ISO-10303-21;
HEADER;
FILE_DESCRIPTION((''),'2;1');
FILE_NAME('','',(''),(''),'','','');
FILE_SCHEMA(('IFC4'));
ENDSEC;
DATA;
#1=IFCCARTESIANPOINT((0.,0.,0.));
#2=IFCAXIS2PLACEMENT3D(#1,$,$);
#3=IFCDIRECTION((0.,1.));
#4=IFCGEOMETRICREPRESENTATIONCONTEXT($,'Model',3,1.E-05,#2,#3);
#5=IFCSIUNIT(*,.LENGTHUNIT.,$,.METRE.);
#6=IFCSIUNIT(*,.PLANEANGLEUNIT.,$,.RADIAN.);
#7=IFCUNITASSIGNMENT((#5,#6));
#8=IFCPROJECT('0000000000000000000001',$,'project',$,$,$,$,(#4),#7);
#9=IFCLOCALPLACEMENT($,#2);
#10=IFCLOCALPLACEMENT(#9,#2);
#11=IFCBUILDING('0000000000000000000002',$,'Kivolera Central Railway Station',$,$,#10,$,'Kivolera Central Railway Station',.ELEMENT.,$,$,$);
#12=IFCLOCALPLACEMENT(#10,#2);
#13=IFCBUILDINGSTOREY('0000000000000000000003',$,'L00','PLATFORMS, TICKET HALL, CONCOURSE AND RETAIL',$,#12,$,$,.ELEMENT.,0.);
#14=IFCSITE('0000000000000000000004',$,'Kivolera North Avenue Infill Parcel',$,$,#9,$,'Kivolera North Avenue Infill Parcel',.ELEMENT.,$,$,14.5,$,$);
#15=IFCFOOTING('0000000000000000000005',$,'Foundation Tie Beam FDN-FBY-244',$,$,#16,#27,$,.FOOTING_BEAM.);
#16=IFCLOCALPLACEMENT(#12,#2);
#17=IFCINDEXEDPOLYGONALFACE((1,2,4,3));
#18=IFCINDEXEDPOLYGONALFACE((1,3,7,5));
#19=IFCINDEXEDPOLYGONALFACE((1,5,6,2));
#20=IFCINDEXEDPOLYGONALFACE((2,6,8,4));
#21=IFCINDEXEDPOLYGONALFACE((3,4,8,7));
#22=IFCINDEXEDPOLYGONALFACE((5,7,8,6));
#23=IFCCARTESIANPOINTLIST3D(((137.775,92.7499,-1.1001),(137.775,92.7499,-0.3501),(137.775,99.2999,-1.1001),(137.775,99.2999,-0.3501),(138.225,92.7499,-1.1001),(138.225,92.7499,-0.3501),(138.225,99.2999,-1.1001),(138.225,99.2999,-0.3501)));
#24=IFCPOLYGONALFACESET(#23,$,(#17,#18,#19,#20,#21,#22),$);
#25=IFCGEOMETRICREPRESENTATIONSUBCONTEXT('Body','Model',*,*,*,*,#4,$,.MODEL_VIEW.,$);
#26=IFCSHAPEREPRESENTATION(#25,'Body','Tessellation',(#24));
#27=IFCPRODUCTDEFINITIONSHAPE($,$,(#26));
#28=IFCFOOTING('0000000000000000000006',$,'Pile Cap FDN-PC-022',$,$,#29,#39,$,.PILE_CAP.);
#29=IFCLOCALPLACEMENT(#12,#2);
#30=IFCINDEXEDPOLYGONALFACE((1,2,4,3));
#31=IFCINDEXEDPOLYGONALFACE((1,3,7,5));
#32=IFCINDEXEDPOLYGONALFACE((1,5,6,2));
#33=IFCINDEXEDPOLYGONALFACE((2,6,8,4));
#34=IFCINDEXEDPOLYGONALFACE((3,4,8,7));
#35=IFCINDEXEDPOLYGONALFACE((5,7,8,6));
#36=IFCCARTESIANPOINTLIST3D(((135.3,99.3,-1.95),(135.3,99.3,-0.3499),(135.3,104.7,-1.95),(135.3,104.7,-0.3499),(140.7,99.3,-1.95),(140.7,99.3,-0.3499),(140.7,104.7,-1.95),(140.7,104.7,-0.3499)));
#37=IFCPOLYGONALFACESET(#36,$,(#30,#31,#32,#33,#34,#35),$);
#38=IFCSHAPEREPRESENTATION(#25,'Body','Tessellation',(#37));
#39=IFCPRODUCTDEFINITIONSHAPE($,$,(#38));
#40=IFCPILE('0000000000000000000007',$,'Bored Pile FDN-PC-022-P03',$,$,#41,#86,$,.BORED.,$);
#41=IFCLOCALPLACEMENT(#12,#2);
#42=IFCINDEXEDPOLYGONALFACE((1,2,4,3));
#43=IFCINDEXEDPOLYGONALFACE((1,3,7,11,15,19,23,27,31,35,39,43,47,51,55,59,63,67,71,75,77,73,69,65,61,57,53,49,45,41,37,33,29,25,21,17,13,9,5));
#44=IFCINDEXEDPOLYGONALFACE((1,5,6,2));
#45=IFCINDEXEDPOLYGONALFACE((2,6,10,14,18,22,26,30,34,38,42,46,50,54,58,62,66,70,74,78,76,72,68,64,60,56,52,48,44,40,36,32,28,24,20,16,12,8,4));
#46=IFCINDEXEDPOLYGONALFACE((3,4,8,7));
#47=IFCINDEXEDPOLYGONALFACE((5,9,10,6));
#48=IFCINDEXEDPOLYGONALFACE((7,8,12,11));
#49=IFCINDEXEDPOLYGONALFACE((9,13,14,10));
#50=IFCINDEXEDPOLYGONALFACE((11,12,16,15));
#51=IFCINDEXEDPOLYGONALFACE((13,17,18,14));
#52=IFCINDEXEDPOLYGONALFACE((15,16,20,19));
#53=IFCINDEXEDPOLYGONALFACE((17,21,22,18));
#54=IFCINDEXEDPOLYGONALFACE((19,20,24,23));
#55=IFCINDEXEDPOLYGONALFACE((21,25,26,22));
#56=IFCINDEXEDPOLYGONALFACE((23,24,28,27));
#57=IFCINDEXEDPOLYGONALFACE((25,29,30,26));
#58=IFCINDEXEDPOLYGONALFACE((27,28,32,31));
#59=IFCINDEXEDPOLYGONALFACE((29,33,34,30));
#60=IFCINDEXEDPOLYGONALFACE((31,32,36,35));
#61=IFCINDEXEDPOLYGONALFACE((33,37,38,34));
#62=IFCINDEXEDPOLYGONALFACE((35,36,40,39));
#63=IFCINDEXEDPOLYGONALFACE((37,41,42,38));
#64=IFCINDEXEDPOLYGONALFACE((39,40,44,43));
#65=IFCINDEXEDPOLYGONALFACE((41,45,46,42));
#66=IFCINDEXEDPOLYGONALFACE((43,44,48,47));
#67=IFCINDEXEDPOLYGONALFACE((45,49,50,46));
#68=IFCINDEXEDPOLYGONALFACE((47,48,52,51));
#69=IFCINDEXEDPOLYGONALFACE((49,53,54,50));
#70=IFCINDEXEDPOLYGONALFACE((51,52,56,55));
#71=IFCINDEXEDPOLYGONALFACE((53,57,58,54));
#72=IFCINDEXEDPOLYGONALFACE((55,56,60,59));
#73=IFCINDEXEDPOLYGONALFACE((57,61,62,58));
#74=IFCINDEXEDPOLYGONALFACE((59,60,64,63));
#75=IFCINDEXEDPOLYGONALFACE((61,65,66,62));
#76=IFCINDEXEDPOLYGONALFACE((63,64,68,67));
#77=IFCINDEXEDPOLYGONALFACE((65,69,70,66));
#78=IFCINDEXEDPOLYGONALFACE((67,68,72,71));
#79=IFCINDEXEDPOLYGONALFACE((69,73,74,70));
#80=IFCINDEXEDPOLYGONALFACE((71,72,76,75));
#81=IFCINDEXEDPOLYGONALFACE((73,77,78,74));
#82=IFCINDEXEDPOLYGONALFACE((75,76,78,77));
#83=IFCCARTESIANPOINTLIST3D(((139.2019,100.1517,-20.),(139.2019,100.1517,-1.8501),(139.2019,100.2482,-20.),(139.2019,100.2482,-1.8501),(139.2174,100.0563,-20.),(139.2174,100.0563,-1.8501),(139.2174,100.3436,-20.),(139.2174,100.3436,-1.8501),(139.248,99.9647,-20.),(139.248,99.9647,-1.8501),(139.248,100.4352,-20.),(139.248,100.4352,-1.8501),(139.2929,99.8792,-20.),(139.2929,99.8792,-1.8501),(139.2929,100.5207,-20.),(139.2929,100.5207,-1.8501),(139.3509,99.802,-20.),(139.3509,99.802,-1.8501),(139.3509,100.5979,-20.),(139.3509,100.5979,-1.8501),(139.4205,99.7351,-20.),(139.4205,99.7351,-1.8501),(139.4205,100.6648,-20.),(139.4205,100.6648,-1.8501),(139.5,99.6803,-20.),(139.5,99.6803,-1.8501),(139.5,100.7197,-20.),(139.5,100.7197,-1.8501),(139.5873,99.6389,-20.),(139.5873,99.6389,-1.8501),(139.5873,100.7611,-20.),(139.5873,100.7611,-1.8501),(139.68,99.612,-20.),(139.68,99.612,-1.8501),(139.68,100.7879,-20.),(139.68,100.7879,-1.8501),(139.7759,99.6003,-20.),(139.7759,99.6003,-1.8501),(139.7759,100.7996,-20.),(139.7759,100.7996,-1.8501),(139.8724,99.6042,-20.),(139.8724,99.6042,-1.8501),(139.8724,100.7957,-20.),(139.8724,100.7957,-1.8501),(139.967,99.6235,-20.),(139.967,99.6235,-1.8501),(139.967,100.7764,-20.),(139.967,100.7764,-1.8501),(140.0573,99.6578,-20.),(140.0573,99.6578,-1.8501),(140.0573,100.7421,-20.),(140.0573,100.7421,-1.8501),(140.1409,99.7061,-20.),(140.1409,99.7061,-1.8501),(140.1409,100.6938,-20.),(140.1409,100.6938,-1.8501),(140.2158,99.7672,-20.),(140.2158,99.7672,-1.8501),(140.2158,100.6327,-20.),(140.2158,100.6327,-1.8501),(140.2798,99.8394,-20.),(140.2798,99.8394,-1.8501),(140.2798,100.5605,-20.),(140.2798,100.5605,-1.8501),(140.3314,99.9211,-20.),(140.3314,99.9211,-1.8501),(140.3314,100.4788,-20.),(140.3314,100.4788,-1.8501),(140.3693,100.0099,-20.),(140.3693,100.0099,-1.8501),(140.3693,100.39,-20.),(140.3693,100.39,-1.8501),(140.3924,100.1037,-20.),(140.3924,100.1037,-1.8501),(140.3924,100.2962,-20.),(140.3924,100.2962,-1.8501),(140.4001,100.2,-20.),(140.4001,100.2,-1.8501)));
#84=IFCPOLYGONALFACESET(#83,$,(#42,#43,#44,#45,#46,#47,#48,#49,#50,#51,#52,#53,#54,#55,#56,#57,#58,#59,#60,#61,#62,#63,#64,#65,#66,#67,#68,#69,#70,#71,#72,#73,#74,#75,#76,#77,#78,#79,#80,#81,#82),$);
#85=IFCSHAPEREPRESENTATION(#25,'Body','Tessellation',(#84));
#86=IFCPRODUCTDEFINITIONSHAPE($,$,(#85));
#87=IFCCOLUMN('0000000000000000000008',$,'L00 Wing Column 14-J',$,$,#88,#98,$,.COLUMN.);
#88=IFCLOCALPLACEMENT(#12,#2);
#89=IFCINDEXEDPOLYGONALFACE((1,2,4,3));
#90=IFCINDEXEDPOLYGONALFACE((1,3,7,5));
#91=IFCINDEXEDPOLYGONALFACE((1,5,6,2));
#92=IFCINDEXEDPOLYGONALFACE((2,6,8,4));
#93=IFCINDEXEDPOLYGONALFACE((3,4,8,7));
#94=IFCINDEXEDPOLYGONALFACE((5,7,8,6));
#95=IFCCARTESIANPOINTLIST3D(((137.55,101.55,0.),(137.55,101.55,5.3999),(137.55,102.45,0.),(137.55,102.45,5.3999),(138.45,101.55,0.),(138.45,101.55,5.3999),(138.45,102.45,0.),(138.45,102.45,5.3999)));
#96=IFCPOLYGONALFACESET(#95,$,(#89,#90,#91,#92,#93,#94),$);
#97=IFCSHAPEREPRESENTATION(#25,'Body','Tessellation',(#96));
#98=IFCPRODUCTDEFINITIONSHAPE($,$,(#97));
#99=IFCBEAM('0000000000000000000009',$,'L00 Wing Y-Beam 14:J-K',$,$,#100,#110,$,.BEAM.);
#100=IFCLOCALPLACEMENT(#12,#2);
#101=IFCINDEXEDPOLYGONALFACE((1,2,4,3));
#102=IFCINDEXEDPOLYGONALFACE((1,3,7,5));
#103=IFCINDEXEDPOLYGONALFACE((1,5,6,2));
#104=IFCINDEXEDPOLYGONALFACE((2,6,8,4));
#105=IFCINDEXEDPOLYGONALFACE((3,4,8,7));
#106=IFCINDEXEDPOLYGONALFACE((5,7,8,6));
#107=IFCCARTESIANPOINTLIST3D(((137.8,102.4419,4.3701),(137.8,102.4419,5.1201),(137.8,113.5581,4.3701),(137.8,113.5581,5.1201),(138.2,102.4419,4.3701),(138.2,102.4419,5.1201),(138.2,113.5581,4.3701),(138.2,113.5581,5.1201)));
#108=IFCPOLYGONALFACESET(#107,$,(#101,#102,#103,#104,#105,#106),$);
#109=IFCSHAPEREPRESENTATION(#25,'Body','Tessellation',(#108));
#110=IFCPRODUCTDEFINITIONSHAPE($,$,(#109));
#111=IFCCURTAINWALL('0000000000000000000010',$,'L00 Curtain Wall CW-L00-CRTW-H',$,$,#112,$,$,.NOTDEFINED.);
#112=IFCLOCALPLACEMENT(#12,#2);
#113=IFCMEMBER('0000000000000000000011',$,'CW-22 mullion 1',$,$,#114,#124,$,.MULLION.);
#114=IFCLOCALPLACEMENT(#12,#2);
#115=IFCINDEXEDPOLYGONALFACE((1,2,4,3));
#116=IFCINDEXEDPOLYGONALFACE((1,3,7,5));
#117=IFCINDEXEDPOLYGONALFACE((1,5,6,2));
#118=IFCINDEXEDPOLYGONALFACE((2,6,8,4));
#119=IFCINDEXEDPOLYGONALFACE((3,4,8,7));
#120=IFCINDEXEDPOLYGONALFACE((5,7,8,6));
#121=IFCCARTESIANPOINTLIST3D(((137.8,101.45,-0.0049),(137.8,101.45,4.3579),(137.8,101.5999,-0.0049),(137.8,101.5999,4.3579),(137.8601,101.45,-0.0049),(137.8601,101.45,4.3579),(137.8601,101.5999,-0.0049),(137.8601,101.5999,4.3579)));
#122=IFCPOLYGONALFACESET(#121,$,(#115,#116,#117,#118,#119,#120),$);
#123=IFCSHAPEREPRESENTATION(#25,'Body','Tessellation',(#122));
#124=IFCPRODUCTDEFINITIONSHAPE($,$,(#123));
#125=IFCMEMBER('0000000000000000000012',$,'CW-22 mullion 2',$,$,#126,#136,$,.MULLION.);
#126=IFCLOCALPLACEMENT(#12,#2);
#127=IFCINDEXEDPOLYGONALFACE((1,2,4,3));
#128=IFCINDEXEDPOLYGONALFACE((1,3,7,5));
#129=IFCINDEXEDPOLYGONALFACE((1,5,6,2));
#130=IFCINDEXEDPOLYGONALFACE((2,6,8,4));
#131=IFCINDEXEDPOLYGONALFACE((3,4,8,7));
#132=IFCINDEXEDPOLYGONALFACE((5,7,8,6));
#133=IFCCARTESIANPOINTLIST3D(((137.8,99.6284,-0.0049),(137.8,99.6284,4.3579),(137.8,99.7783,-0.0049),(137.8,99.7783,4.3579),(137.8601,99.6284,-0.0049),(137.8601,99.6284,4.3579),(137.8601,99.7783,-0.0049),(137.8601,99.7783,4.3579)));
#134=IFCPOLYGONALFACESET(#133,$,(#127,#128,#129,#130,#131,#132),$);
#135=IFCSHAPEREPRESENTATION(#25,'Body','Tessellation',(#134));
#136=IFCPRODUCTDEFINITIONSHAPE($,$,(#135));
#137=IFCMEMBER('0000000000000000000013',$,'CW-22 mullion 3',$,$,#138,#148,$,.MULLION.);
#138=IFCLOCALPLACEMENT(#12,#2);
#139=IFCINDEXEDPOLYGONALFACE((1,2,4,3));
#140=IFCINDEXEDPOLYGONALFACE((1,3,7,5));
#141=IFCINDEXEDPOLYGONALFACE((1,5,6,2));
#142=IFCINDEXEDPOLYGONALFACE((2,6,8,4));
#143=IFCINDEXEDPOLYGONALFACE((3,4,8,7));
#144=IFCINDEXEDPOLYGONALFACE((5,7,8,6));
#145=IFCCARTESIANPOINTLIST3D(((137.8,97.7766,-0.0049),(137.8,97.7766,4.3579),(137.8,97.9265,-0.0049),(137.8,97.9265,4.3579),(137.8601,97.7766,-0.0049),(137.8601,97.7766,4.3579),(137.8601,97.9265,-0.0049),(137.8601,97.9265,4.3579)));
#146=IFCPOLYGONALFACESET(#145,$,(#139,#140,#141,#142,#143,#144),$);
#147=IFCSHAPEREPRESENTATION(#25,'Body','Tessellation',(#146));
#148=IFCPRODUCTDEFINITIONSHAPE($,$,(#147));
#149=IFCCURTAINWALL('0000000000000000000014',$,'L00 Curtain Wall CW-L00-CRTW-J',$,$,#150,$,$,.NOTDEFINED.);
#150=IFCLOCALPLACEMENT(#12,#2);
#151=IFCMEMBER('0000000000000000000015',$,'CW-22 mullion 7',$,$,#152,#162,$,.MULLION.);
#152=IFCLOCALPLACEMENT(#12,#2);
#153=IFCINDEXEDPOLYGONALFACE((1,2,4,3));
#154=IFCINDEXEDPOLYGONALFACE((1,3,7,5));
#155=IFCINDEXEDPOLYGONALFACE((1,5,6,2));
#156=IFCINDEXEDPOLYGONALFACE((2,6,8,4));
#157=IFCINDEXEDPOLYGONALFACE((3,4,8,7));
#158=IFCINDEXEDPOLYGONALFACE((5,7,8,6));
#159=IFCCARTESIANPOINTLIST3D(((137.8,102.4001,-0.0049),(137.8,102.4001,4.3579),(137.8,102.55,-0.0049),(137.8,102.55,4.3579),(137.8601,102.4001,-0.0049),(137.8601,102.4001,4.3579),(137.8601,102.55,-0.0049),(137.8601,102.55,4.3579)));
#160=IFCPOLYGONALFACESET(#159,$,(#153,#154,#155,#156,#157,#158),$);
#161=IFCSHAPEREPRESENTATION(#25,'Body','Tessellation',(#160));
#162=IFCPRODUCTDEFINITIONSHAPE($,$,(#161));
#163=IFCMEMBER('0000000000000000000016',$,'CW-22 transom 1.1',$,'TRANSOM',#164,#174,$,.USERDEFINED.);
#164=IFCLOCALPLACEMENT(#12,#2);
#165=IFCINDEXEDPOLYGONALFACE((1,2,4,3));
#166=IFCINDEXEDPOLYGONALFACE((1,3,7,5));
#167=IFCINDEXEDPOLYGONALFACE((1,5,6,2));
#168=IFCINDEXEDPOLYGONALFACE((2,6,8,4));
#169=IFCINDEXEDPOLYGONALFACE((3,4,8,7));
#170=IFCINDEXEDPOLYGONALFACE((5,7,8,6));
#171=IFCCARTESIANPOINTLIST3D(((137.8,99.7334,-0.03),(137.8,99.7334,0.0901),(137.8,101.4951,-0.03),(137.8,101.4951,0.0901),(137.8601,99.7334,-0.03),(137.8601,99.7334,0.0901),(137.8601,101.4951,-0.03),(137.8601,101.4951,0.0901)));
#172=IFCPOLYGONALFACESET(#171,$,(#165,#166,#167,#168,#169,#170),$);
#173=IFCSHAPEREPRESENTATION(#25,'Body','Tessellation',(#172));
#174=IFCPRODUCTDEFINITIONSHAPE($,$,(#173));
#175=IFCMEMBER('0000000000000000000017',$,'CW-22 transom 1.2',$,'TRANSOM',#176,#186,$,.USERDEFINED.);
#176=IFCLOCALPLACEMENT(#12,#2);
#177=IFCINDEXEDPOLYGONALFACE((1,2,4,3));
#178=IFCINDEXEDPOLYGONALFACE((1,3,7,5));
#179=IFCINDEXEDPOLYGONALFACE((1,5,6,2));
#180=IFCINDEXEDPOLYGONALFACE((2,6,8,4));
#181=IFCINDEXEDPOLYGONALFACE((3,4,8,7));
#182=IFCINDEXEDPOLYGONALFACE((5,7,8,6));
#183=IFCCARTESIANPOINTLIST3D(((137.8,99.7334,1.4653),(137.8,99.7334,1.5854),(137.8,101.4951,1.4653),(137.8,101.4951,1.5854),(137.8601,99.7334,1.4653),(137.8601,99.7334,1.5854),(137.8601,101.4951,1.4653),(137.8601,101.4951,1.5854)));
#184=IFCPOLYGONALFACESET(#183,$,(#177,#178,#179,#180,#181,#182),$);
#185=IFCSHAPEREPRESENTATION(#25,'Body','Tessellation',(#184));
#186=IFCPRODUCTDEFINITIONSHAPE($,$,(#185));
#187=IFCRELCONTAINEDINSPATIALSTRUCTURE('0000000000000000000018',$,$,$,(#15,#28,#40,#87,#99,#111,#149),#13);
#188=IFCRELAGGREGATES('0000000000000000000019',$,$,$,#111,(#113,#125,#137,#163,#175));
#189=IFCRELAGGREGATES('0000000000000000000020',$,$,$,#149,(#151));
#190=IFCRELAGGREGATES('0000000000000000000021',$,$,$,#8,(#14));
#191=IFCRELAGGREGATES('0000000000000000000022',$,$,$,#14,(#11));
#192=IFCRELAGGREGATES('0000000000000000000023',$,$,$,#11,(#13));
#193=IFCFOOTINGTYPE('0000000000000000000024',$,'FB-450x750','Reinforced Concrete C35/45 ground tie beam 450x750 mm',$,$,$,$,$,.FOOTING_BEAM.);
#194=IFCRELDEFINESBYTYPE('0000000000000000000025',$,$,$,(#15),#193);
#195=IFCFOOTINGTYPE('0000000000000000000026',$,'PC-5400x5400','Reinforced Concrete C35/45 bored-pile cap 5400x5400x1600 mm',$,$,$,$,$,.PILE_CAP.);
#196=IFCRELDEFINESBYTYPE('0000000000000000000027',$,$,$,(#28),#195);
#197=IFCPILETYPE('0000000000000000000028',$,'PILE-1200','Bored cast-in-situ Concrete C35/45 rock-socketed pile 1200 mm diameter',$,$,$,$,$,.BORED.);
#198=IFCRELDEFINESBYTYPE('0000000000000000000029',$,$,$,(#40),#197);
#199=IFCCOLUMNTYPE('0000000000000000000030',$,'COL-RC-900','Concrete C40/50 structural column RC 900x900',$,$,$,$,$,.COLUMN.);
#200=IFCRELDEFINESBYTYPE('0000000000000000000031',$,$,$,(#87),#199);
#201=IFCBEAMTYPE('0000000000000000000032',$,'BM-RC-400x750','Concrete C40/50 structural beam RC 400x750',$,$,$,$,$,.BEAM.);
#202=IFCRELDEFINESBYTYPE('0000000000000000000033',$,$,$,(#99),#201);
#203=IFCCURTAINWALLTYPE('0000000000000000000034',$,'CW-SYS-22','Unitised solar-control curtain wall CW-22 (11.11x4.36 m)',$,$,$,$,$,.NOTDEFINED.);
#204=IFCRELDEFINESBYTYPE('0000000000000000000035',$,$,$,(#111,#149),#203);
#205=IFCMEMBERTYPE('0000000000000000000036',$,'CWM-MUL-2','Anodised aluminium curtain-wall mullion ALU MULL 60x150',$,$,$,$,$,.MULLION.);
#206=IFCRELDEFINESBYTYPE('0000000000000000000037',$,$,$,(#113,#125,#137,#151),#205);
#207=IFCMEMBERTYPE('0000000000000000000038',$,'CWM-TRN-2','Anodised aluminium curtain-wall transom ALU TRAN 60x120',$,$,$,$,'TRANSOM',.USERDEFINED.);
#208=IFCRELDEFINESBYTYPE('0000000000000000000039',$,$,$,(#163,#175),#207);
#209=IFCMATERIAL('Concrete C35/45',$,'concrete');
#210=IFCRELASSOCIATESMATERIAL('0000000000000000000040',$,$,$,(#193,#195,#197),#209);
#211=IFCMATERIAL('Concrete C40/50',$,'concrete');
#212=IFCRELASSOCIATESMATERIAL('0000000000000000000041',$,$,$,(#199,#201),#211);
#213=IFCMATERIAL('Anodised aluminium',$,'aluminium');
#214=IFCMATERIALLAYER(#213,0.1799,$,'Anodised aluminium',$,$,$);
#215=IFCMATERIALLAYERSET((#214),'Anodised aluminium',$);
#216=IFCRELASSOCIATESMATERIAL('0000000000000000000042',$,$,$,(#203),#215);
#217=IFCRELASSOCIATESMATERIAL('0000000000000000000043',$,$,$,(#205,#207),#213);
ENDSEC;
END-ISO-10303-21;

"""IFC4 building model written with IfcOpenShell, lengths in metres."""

from ifc_helpers import new_model, si_unit, direction, frame, origin, origin_2d, place, context, subcontext, project, spatial, rectangle, circle, extrude, material, layer, layer_set, material_profile, profile_set, type_object, element, aggregate, save


model = new_model("IFC4")

# Units and contexts
model_context = context("Model", 3, precision=1e-05, world=origin(), true_north=direction((0.0, 1.0)))
body_context = subcontext(model_context, "Body", "Model", "MODEL_VIEW")
ifc_project = project(units=[si_unit("LENGTHUNIT", "METRE"), si_unit("PLANEANGLEUNIT", "RADIAN")], contexts=[model_context])

# Site, building, storey
site_placement = place(None, origin())
site = spatial("IfcSite", under=ifc_project, at=site_placement, Name="Kivolera North Avenue Infill Parcel", LongName="Kivolera North Avenue Infill Parcel", CompositionType="ELEMENT", RefElevation=14.5)
building_placement = place(site_placement, origin())
building = spatial("IfcBuilding", under=site, at=building_placement, Name="Kivolera Central Railway Station", LongName="Kivolera Central Railway Station", CompositionType="ELEMENT")
storey_placement = place(building_placement, origin())
storey = spatial("IfcBuildingStorey", under=building, at=storey_placement, Name="L00", Description="PLATFORMS, TICKET HALL, CONCOURSE AND RETAIL", CompositionType="ELEMENT", Elevation=0.0)

# Footings
ifc_material_1 = material(Name="Concrete C35/45", Category="concrete")
footing_type_1 = type_object("IfcFootingType", Name="FB-450x750", Description="Reinforced Concrete C35/45 ground tie beam 450x750 mm", PredefinedType="FOOTING_BEAM", material=ifc_material_1)
footing_1_placement = place(storey_placement, frame((138.0, 96.0249, -1.1001), z_axis=(0.0, 0.0, 1.0), x_axis=(1.0, 0.0, 0.0)))
element("IfcFooting", 1, at=footing_1_placement, inside=storey, type_object=footing_type_1, Name="Foundation Tie Beam FDN-FBY-244", PredefinedType="FOOTING_BEAM", context=body_context, shape_type="SweptSolid", body=[
    extrude(rectangle(XDim=0.45, YDim=6.55, at=origin_2d()), origin(), (0.0, 0.0, 1.0), 0.75),
])
footing_type_2 = type_object("IfcFootingType", Name="PC-5400x5400", Description="Reinforced Concrete C35/45 bored-pile cap 5400x5400x1600 mm", PredefinedType="PILE_CAP", material=ifc_material_1)
footing_2_placement = place(storey_placement, frame((138.0, 102.0, -1.95), z_axis=(0.0, 0.0, 1.0), x_axis=(1.0, 0.0, 0.0)))
element("IfcFooting", 2, at=footing_2_placement, inside=storey, type_object=footing_type_2, Name="Pile Cap FDN-PC-022", PredefinedType="PILE_CAP", context=body_context, shape_type="SweptSolid", body=[
    extrude(rectangle(XDim=5.3999, YDim=5.3999, at=origin_2d()), origin(), (0.0, 0.0, 1.0), 1.6001),
])

# Pile
ifc_material_profile_1 = material_profile(ifc_material_1, circle(Radius=0.6001, at=origin_2d()), Name="PILE D1200")
ifc_profile_set_1 = profile_set([ifc_material_profile_1], Name="Concrete C35/45")
pile_type = type_object("IfcPileType", Name="PILE-1200", Description="Bored cast-in-situ Concrete C35/45 rock-socketed pile 1200 mm diameter", PredefinedType="BORED", material=ifc_profile_set_1)
pile_placement = place(storey_placement, frame((139.8, 100.2, -1.8501), z_axis=(0.0, 0.0, -1.0), x_axis=(1.0, 0.0, 0.0)))
element("IfcPile", 3, at=pile_placement, inside=storey, type_object=pile_type, Name="Bored Pile FDN-PC-022-P03", PredefinedType="BORED", context=body_context, shape_type="SweptSolid", body=[
    extrude(circle(Radius=0.6001, at=origin_2d()), origin(), (0.0, 0.0, 1.0), 18.1499),
])

# Column
ifc_material_2 = material(Name="Concrete C40/50", Category="concrete")
ifc_material_profile_2 = material_profile(ifc_material_2, rectangle(XDim=0.8999, YDim=0.8999, at=origin_2d()), Name="RC 900x900")
ifc_profile_set_2 = profile_set([ifc_material_profile_2], Name="Concrete C40/50")
column_type = type_object("IfcColumnType", Name="COL-RC-900", Description="Concrete C40/50 structural column RC 900x900", PredefinedType="COLUMN", material=ifc_profile_set_2)
column_placement = place(storey_placement, frame((138.0, 102.0, 0.0), z_axis=(0.0, 0.0, 1.0), x_axis=(1.0, 0.0, 0.0)))
element("IfcColumn", 4, at=column_placement, inside=storey, type_object=column_type, Name="L00 Wing Column 14-J", PredefinedType="COLUMN", context=body_context, shape_type="SweptSolid", body=[
    extrude(rectangle(XDim=0.8999, YDim=0.8999, at=origin_2d()), origin(), (0.0, 0.0, 1.0), 5.3999),
])

# Beam
ifc_material_profile_3 = material_profile(ifc_material_2, rectangle(XDim=0.3999, YDim=0.75, at=origin_2d()), Name="RC 400x750")
ifc_profile_set_3 = profile_set([ifc_material_profile_3], Name="Concrete C40/50")
beam_type = type_object("IfcBeamType", Name="BM-RC-400x750", Description="Concrete C40/50 structural beam RC 400x750", PredefinedType="BEAM", material=ifc_profile_set_3)
beam_placement = place(storey_placement, frame((138.0, 102.4419, 4.7451), z_axis=(0.0, 1.0, 0.0), x_axis=(-1.0, 0.0, 0.0)))
element("IfcBeam", 5, at=beam_placement, inside=storey, type_object=beam_type, Name="L00 Wing Y-Beam 14:J-K", PredefinedType="BEAM", context=body_context, shape_type="SweptSolid", body=[
    extrude(rectangle(XDim=0.3999, YDim=0.75, at=origin_2d()), origin(), (0.0, 0.0, 1.0), 11.1162),
])

# Curtain wall, members
ifc_material_3 = material(Name="Anodised aluminium", Category="aluminium")
ifc_layer_1 = layer(ifc_material_3, 0.1799, Name="Anodised aluminium")
ifc_layer_set_1 = layer_set([ifc_layer_1], Name="Anodised aluminium")
curtain_wall_type = type_object("IfcCurtainWallType", Name="CW-SYS-22", Description="Unitised solar-control curtain wall CW-22 (11.11x4.36 m)", PredefinedType="NOTDEFINED", material=ifc_layer_set_1)
curtain_wall_1_placement = place(storey_placement, origin())
curtain_wall_1 = element("IfcCurtainWall", 6, at=curtain_wall_1_placement, inside=storey, type_object=curtain_wall_type, Name="L00 Curtain Wall CW-L00-CRTW-H", PredefinedType="NOTDEFINED")
ifc_material_profile_4 = material_profile(ifc_material_3, rectangle(XDim=0.0601, YDim=0.1499, at=origin_2d()), Name="ALU MULL 60x150")
ifc_profile_set_4 = profile_set([ifc_material_profile_4], Name="Anodised aluminium")
member_type_1 = type_object("IfcMemberType", Name="CWM-MUL-2", Description="Anodised aluminium curtain-wall mullion ALU MULL 60x150", PredefinedType="MULLION", material=ifc_profile_set_4)
member_1_placement = place(storey_placement, frame((137.8301, 101.5249, -0.0049), z_axis=(0.0, 0.0, 1.0), x_axis=(1.0, 0.0, 0.0)))
member_1 = element("IfcMember", 7, at=member_1_placement, type_object=member_type_1, Name="CW-22 mullion 1", PredefinedType="MULLION", context=body_context, shape_type="SweptSolid", body=[
    extrude(rectangle(XDim=0.0601, YDim=0.1499, at=origin_2d()), origin(), (0.0, 0.0, 1.0), 4.3628),
])
member_2_placement = place(storey_placement, frame((137.8301, 99.7034, -0.0049), z_axis=(0.0, 0.0, 1.0), x_axis=(1.0, 0.0, 0.0)))
member_2 = element("IfcMember", 8, at=member_2_placement, type_object=member_type_1, Name="CW-22 mullion 2", PredefinedType="MULLION", context=body_context, shape_type="SweptSolid", body=[
    extrude(rectangle(XDim=0.0601, YDim=0.1499, at=origin_2d()), origin(), (0.0, 0.0, 1.0), 4.3628),
])
member_3_placement = place(storey_placement, frame((137.8301, 97.8516, -0.0049), z_axis=(0.0, 0.0, 1.0), x_axis=(1.0, 0.0, 0.0)))
member_3 = element("IfcMember", 9, at=member_3_placement, type_object=member_type_1, Name="CW-22 mullion 3", PredefinedType="MULLION", context=body_context, shape_type="SweptSolid", body=[
    extrude(rectangle(XDim=0.0601, YDim=0.1499, at=origin_2d()), origin(), (0.0, 0.0, 1.0), 4.3628),
])

# Curtain wall, member
curtain_wall_2_placement = place(storey_placement, origin())
curtain_wall_2 = element("IfcCurtainWall", 10, at=curtain_wall_2_placement, inside=storey, type_object=curtain_wall_type, Name="L00 Curtain Wall CW-L00-CRTW-J", PredefinedType="NOTDEFINED")
member_4_placement = place(storey_placement, frame((137.8301, 102.4751, -0.0049), z_axis=(0.0, 0.0, 1.0), x_axis=(1.0, 0.0, 0.0)))
member_4 = element("IfcMember", 11, at=member_4_placement, type_object=member_type_1, Name="CW-22 mullion 7", PredefinedType="MULLION", context=body_context, shape_type="SweptSolid", body=[
    extrude(rectangle(XDim=0.0601, YDim=0.1499, at=origin_2d()), origin(), (0.0, 0.0, 1.0), 4.3628),
])

# Members
ifc_material_profile_5 = material_profile(ifc_material_3, rectangle(XDim=0.0601, YDim=0.1201, at=origin_2d()), Name="ALU TRAN 60x120")
ifc_profile_set_5 = profile_set([ifc_material_profile_5], Name="Anodised aluminium")
member_type_2 = type_object("IfcMemberType", Name="CWM-TRN-2", Description="Anodised aluminium curtain-wall transom ALU TRAN 60x120", ElementType="TRANSOM", PredefinedType="USERDEFINED", material=ifc_profile_set_5)
member_5_placement = place(storey_placement, frame((137.8301, 101.4951, 0.03), z_axis=(0.0, -1.0, 0.0), x_axis=(1.0, 0.0, 0.0)))
member_5 = element("IfcMember", 12, at=member_5_placement, type_object=member_type_2, Name="CW-22 transom 1.1", ObjectType="TRANSOM", PredefinedType="USERDEFINED", context=body_context, shape_type="SweptSolid", body=[
    extrude(rectangle(XDim=0.0601, YDim=0.1201, at=origin_2d()), origin(), (0.0, 0.0, 1.0), 1.7617),
])
member_6_placement = place(storey_placement, frame((137.8301, 101.4951, 1.5254), z_axis=(0.0, -1.0, 0.0), x_axis=(1.0, 0.0, 0.0)))
member_6 = element("IfcMember", 13, at=member_6_placement, type_object=member_type_2, Name="CW-22 transom 1.2", ObjectType="TRANSOM", PredefinedType="USERDEFINED", context=body_context, shape_type="SweptSolid", body=[
    extrude(rectangle(XDim=0.0601, YDim=0.1201, at=origin_2d()), origin(), (0.0, 0.0, 1.0), 1.7617),
])

aggregate(curtain_wall_1, [member_1, member_2, member_3, member_5, member_6])
aggregate(curtain_wall_2, [member_4])

save(model, "model.ifc")
